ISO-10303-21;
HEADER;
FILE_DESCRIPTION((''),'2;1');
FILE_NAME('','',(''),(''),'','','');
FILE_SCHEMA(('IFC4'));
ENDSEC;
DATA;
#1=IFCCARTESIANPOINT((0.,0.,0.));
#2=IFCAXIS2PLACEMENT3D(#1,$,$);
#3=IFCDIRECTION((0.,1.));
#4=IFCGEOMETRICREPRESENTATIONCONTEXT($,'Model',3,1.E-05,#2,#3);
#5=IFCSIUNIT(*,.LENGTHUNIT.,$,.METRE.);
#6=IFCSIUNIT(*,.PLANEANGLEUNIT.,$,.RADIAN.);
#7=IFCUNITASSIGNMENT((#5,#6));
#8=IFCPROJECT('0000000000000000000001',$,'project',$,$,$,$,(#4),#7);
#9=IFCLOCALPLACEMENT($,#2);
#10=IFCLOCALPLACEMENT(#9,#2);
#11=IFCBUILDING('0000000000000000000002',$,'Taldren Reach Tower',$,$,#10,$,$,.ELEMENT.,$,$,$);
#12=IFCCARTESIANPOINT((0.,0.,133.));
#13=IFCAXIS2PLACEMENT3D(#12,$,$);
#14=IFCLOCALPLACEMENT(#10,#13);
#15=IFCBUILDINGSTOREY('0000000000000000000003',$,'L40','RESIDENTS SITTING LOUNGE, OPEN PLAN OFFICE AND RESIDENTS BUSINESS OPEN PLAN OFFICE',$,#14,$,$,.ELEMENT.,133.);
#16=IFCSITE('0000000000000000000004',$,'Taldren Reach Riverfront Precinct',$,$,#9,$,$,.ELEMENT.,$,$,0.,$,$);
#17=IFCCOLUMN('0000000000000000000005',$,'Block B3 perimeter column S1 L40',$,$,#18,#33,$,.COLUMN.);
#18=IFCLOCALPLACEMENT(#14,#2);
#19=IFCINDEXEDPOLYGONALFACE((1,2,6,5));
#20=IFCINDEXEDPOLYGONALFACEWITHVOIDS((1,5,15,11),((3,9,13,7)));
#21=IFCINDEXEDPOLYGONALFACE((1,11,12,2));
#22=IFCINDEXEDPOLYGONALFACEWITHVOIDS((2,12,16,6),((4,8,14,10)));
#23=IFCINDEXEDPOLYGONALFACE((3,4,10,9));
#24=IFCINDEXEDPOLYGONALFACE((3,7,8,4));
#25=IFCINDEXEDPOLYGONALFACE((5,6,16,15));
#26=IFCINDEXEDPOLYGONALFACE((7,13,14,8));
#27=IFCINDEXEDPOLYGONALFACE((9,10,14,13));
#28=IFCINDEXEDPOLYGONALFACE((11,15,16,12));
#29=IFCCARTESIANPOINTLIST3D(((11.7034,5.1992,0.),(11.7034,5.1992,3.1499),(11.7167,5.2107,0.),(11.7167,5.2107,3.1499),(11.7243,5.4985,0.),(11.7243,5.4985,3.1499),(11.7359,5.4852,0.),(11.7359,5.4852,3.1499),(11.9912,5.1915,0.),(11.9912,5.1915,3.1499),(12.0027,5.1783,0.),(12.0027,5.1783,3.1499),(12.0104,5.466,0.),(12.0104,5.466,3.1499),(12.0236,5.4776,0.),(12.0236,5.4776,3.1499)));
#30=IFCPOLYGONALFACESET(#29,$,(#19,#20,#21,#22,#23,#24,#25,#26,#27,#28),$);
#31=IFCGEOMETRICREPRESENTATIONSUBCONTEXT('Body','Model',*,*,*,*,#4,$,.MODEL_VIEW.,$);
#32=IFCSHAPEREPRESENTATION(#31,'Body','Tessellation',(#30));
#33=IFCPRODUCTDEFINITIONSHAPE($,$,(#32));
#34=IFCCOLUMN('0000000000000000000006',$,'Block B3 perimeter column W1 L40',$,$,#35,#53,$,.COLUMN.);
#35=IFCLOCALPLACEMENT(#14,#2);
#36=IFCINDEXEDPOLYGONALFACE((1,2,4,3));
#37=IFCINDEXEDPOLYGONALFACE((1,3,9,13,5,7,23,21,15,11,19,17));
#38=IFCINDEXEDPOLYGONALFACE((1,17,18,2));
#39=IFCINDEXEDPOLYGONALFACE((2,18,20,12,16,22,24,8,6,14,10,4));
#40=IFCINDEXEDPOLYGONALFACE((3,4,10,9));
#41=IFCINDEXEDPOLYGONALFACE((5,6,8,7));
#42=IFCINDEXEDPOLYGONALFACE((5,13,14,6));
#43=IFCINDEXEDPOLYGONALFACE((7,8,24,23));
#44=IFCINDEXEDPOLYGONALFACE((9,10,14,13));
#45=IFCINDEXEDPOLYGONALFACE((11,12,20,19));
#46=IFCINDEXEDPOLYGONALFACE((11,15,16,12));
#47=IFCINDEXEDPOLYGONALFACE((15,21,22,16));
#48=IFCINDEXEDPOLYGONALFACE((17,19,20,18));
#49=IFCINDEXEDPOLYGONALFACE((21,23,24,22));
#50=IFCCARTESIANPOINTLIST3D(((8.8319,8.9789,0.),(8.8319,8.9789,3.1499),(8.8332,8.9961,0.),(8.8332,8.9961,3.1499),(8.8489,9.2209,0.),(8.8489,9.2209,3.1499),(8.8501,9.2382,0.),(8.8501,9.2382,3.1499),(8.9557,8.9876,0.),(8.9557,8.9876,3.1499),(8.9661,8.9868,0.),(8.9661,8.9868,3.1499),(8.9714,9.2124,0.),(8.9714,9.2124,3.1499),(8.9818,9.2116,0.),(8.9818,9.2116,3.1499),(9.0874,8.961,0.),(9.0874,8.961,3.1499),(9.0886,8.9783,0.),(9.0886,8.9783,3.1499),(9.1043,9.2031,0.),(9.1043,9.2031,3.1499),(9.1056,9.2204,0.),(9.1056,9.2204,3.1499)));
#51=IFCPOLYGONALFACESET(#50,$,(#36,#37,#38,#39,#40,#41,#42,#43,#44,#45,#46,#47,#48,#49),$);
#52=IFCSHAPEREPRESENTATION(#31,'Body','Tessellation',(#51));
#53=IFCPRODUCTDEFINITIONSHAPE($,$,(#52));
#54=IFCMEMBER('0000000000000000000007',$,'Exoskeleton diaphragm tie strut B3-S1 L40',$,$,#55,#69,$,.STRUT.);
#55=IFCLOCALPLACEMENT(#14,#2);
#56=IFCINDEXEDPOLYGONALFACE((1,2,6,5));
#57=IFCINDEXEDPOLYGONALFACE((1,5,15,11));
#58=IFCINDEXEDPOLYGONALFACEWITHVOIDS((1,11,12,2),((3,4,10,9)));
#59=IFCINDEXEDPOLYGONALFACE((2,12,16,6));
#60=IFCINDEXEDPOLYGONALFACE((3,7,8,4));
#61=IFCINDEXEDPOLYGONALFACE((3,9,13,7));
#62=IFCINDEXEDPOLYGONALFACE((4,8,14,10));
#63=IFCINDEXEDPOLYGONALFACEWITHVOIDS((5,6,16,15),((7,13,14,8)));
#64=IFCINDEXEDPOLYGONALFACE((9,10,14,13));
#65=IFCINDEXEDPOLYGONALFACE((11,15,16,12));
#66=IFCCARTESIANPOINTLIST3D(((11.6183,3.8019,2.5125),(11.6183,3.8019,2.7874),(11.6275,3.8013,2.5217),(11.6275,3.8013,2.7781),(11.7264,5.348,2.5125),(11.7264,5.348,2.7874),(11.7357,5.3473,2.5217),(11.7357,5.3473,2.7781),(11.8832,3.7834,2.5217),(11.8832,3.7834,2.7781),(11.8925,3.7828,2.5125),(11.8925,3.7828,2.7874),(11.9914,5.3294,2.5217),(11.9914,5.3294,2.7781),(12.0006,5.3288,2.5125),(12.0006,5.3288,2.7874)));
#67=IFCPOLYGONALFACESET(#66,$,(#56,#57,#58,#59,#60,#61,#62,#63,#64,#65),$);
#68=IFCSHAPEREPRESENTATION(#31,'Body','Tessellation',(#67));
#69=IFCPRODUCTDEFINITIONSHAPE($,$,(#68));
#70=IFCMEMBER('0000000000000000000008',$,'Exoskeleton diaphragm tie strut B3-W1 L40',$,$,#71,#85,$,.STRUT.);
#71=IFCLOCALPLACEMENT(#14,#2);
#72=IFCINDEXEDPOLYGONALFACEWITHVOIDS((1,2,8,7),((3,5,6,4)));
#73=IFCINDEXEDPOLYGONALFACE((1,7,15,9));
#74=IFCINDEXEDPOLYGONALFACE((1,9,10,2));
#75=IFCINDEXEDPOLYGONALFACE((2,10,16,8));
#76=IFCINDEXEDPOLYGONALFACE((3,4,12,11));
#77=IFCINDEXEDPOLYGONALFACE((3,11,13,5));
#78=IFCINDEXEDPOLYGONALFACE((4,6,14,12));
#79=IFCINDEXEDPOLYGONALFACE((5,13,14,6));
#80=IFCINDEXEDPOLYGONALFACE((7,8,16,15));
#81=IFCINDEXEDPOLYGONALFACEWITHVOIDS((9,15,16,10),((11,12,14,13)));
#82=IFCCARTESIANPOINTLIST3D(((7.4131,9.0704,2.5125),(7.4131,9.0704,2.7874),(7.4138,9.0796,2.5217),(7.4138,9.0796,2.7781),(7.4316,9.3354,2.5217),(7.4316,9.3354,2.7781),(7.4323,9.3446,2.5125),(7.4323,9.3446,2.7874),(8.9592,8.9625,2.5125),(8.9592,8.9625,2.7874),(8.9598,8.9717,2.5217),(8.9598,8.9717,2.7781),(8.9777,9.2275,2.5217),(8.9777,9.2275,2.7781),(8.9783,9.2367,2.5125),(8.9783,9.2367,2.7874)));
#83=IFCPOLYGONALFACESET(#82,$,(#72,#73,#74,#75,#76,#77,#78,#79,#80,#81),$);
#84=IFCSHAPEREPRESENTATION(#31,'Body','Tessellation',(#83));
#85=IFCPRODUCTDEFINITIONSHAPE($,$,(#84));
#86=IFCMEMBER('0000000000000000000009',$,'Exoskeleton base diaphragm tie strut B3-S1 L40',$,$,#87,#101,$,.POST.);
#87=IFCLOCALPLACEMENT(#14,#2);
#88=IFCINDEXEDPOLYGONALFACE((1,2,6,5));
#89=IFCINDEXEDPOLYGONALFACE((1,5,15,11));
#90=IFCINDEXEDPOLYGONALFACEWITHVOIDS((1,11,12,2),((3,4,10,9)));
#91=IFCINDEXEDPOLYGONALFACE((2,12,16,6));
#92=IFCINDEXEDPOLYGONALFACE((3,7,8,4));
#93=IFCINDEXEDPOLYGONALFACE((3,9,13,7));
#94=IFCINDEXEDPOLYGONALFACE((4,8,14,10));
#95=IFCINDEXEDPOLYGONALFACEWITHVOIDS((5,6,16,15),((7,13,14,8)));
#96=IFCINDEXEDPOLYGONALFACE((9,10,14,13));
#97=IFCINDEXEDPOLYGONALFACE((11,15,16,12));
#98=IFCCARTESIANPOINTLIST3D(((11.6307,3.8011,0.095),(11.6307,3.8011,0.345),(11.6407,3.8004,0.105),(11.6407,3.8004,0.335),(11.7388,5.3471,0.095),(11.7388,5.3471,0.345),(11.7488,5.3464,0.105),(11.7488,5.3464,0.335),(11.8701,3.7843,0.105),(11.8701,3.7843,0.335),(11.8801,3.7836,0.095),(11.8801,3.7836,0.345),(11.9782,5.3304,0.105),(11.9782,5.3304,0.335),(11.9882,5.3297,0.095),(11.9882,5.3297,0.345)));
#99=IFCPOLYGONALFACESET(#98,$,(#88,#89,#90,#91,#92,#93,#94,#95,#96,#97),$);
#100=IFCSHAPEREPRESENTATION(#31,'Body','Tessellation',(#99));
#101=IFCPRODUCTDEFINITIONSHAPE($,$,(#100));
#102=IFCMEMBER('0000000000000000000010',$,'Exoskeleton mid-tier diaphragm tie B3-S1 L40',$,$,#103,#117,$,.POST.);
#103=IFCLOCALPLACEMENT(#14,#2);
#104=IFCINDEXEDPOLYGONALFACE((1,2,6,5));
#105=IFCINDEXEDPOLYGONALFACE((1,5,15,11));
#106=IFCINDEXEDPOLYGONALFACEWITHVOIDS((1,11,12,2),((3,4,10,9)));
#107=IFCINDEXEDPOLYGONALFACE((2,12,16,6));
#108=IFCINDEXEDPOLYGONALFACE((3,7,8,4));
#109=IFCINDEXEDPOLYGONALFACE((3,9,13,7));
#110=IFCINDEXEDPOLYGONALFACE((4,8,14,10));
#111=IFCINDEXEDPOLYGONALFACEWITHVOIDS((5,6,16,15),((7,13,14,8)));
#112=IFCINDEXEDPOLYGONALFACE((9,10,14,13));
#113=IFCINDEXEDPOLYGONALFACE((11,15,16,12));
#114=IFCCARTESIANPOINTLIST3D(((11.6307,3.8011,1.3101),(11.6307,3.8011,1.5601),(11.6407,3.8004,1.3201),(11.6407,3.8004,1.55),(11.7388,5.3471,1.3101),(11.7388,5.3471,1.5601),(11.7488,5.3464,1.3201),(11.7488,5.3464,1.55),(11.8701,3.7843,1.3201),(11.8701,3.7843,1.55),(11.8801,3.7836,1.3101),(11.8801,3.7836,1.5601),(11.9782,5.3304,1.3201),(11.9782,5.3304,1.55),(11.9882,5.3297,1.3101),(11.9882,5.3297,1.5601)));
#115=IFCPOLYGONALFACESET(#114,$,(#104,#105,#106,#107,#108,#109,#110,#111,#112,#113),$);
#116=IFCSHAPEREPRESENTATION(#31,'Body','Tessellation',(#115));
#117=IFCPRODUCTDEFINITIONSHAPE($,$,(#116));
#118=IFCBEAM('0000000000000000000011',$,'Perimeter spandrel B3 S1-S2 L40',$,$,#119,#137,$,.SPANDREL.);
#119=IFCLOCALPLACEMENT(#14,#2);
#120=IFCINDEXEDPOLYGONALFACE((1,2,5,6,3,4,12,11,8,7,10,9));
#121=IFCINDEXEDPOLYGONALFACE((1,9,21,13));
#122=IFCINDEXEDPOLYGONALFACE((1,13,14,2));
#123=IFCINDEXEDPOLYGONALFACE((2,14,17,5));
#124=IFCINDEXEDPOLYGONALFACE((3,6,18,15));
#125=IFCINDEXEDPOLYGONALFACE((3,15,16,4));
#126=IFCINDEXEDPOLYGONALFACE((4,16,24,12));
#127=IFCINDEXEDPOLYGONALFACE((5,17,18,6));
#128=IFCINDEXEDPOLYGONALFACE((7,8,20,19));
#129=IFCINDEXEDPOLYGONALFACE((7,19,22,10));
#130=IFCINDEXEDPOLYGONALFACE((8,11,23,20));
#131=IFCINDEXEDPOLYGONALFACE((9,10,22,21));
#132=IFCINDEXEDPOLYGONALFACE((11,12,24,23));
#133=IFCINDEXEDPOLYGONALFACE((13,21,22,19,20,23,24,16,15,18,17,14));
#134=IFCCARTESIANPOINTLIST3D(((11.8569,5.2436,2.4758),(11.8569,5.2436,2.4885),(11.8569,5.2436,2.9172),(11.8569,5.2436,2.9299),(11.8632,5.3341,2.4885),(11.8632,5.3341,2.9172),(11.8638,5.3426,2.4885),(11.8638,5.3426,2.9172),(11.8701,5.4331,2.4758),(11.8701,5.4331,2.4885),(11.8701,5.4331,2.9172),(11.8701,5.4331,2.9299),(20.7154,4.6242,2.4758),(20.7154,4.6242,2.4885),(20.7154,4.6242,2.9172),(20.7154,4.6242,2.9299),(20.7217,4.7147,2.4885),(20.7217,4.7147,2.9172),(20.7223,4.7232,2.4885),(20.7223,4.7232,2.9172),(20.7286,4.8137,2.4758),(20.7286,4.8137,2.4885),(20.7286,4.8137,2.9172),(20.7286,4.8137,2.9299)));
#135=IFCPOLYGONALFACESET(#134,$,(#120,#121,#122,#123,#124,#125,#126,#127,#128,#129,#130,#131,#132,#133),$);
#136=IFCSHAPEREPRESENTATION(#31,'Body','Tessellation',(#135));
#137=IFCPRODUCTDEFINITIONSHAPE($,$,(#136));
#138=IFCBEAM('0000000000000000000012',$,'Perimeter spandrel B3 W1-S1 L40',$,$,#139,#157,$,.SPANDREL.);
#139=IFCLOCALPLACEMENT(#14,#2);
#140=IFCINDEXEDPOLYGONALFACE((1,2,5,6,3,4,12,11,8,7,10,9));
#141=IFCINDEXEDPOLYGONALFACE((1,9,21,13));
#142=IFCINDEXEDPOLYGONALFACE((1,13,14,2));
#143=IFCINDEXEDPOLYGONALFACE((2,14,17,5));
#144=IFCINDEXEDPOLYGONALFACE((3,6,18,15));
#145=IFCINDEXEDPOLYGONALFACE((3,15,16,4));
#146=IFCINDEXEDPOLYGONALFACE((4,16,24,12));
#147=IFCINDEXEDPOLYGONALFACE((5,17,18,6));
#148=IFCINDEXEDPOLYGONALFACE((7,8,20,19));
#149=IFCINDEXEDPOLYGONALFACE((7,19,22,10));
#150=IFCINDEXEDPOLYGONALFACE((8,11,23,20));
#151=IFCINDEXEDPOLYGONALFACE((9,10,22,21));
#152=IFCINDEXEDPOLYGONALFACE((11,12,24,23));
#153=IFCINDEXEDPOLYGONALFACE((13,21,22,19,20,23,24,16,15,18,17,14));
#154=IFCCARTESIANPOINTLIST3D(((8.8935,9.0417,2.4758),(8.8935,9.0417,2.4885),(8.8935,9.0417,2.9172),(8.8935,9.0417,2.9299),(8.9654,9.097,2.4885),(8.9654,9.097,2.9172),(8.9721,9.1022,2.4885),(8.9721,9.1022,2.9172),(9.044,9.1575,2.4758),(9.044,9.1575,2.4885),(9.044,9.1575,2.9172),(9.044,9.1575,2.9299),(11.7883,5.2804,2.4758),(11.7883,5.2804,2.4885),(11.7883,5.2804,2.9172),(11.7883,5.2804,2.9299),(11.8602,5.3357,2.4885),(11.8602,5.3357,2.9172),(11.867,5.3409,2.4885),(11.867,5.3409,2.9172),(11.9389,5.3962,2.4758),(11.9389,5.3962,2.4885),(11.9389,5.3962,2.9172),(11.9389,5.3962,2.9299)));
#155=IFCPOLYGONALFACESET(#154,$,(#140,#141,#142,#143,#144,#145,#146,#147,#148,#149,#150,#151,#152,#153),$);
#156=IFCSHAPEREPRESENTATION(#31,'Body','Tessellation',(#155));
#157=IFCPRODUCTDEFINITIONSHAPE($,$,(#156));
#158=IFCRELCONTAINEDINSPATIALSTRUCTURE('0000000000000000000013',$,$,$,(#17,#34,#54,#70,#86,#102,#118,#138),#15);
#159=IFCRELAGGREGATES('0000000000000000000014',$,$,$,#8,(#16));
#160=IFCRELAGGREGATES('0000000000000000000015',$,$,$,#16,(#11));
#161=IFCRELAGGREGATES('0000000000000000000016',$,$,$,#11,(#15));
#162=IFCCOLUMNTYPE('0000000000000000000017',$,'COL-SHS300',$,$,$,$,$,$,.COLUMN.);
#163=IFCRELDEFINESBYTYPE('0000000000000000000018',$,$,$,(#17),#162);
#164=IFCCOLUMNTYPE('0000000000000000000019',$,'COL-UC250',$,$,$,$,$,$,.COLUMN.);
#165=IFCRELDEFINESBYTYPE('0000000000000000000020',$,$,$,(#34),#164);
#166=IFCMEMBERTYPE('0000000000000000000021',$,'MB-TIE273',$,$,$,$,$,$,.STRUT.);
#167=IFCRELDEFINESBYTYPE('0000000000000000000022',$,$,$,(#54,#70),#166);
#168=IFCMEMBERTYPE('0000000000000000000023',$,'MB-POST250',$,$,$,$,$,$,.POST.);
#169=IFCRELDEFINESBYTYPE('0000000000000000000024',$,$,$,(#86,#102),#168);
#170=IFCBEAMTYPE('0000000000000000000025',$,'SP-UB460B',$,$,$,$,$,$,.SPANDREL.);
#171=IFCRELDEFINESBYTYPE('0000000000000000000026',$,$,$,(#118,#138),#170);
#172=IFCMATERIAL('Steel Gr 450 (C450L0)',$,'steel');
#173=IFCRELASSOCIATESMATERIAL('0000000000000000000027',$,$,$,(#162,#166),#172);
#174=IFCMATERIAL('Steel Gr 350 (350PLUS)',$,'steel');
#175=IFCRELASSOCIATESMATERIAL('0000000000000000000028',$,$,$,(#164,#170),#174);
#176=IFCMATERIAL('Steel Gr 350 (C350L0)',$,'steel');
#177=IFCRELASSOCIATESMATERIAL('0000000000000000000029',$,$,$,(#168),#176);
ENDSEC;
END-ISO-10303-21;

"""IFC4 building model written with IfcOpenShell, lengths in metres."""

from ifc_helpers import new_model, si_unit, direction, frame, origin, origin_2d, place, context, subcontext, project, spatial, hollow_rectangle, i_section, extrude, source, transform, mapped, material, material_profile, profile_set, type_object, element, save


model = new_model("IFC4")

# Units and contexts
model_context = context("Model", 3, precision=1e-05, world=origin(), true_north=direction((0.0, 1.0)))
body_context = subcontext(model_context, "Body", "Model", "MODEL_VIEW")
ifc_project = project(units=[si_unit("LENGTHUNIT", "METRE"), si_unit("PLANEANGLEUNIT", "RADIAN")], contexts=[model_context])

# Site, building, storey
site_placement = place(None, origin())
site = spatial("IfcSite", under=ifc_project, at=site_placement, Name="Taldren Reach Riverfront Precinct", CompositionType="ELEMENT", RefElevation=0.0)
building_placement = place(site_placement, origin())
building = spatial("IfcBuilding", under=site, at=building_placement, Name="Taldren Reach Tower", CompositionType="ELEMENT")
storey_placement = place(building_placement, frame((0.0, 0.0, 133.0)))
storey = spatial("IfcBuildingStorey", under=building, at=storey_placement, Name="L40", Description="RESIDENTS SITTING LOUNGE, OPEN PLAN OFFICE AND RESIDENTS BUSINESS OPEN PLAN OFFICE", CompositionType="ELEMENT", Elevation=133.0)

# Columns
ifc_material_1 = material(Name="Steel Gr 450 (C450L0)", Category="steel")
ifc_material_profile_1 = material_profile(ifc_material_1, hollow_rectangle(XDim=0.3, YDim=0.3, WallThickness=0.0125, at=origin_2d()), Name="300x300x12.5SHS")
ifc_profile_set_1 = profile_set([ifc_material_profile_1], Name="Steel Gr 450 (C450L0)")
column_type_1 = type_object("IfcColumnType", Name="COL-SHS300", PredefinedType="COLUMN", material=ifc_profile_set_1)
shared_shape_1 = source(origin(), body_context, "Body", "SweptSolid", [
    extrude(hollow_rectangle(XDim=0.3, YDim=0.3, WallThickness=0.0125, at=origin_2d()), origin(), (0.0, 0.0, 1.0), 3.1499),
])
column_1_placement = place(storey_placement, frame((11.8635, 5.3384, 0.0), z_axis=(0.0, 0.0, 1.0), x_axis=(0.997564, -0.069756, 0.0)))
element("IfcColumn", 1, at=column_1_placement, inside=storey, type_object=column_type_1, Name="Block B3 perimeter column S1 L40", PredefinedType="COLUMN", context=body_context, shape_type="MappedRepresentation", body=[
    mapped(shared_shape_1, transform((0.0, 0.0, 0.0), scale=1.0)),
])
ifc_material_2 = material(Name="Steel Gr 350 (350PLUS)", Category="steel")
ifc_material_profile_2 = material_profile(ifc_material_2, i_section(OverallWidth=0.2561, OverallDepth=0.26, WebThickness=0.0105, FlangeThickness=0.0173, at=origin_2d()), Name="250UC89.5")
ifc_profile_set_2 = profile_set([ifc_material_profile_2], Name="Steel Gr 350 (350PLUS)")
column_type_2 = type_object("IfcColumnType", Name="COL-UC250", PredefinedType="COLUMN", material=ifc_profile_set_2)
shared_shape_2 = source(origin(), body_context, "Body", "SweptSolid", [
    extrude(i_section(OverallWidth=0.2561, OverallDepth=0.26, WebThickness=0.0105, FlangeThickness=0.0173, at=origin_2d()), origin(), (0.0, 0.0, 1.0), 3.1499),
])
column_2_placement = place(storey_placement, frame((8.9688, 9.0996, 0.0), z_axis=(0.0, 0.0, 1.0), x_axis=(0.997564, -0.069756, 0.0)))
element("IfcColumn", 2, at=column_2_placement, inside=storey, type_object=column_type_2, Name="Block B3 perimeter column W1 L40", PredefinedType="COLUMN", context=body_context, shape_type="MappedRepresentation", body=[
    mapped(shared_shape_2, transform((0.0, 0.0, 0.0), scale=1.0)),
])

# Members
ifc_material_profile_3 = material_profile(ifc_material_1, hollow_rectangle(XDim=0.2749, YDim=0.2749, WallThickness=0.0093, at=origin_2d()), Name="275x275x9.3SHS")
ifc_profile_set_3 = profile_set([ifc_material_profile_3], Name="Steel Gr 450 (C450L0)")
member_type_1 = type_object("IfcMemberType", Name="MB-TIE273", PredefinedType="STRUT", material=ifc_profile_set_3)
shared_shape_3 = source(origin(), body_context, "Body", "SweptSolid", [
    extrude(hollow_rectangle(XDim=0.2749, YDim=0.2749, WallThickness=0.0093, at=origin_2d()), origin(), (0.0, 0.0, 1.0), 1.5498),
])
for number, where, z_axis, x_axis, name in (
    (3, (11.8635, 5.3384, 2.6499), (-0.069781, -0.997562, 0.0), (0.997562, -0.069781, 0.0), "Exoskeleton diaphragm tie strut B3-S1 L40"),
    (4, (8.9688, 9.0996, 2.6499), (-0.997573, 0.069624, 0.0), (-0.069624, -0.997573, 0.0), "Exoskeleton diaphragm tie strut B3-W1 L40"),
):
    element("IfcMember", number, at=place(storey_placement, frame(where, z_axis=z_axis, x_axis=x_axis)), inside=storey, type_object=member_type_1, Name=name, PredefinedType="STRUT", context=body_context, shape_type="MappedRepresentation", body=[
        mapped(shared_shape_3, transform((0.0, 0.0, 0.0), scale=1.0)),
    ])
ifc_material_3 = material(Name="Steel Gr 350 (C350L0)", Category="steel")
ifc_material_profile_4 = material_profile(ifc_material_3, hollow_rectangle(XDim=0.25, YDim=0.25, WallThickness=0.01, at=origin_2d()), Name="250x250x10.0SHS")
ifc_profile_set_4 = profile_set([ifc_material_profile_4], Name="Steel Gr 350 (C350L0)")
member_type_2 = type_object("IfcMemberType", Name="MB-POST250", PredefinedType="POST", material=ifc_profile_set_4)
shared_shape_4 = source(origin(), body_context, "Body", "SweptSolid", [
    extrude(hollow_rectangle(XDim=0.25, YDim=0.25, WallThickness=0.01, at=origin_2d()), origin(), (0.0, 0.0, 1.0), 1.5498),
])
for number, where, z_axis, x_axis, name in (
    (5, (11.8635, 5.3384, 0.22), (-0.069781, -0.997562, 0.0), (0.997562, -0.069781, 0.0), "Exoskeleton base diaphragm tie strut B3-S1 L40"),
    (6, (11.8635, 5.3384, 1.4351), (-0.069781, -0.997562, 0.0), (0.997562, -0.069781, 0.0), "Exoskeleton mid-tier diaphragm tie B3-S1 L40"),
):
    element("IfcMember", number, at=place(storey_placement, frame(where, z_axis=z_axis, x_axis=x_axis)), inside=storey, type_object=member_type_2, Name=name, PredefinedType="POST", context=body_context, shape_type="MappedRepresentation", body=[
        mapped(shared_shape_4, transform((0.0, 0.0, 0.0), scale=1.0)),
    ])

# Beams
ifc_material_profile_5 = material_profile(ifc_material_2, i_section(OverallWidth=0.1899, OverallDepth=0.4541, WebThickness=0.0085, FlangeThickness=0.0127, at=origin_2d()), Name="460UB67.1")
ifc_profile_set_5 = profile_set([ifc_material_profile_5], Name="Steel Gr 350 (350PLUS)")
beam_type_1 = type_object("IfcBeamType", Name="SP-UB460B", PredefinedType="SPANDREL", material=ifc_profile_set_5)
shared_shape_5 = source(origin(), body_context, "Body", "SweptSolid", [
    extrude(i_section(OverallWidth=0.1899, OverallDepth=0.4541, WebThickness=0.0085, FlangeThickness=0.0127, at=origin_2d()), origin(), (0.0, 0.0, 1.0), 8.8801),
])
beam_1_placement = place(storey_placement, frame((11.8635, 5.3384, 2.7029), z_axis=(0.997564, -0.06975, 0.0), x_axis=(0.06975, 0.997564, 0.0)))
element("IfcBeam", 7, at=beam_1_placement, inside=storey, type_object=beam_type_1, Name="Perimeter spandrel B3 S1-S2 L40", PredefinedType="SPANDREL", context=body_context, shape_type="MappedRepresentation", body=[
    mapped(shared_shape_5, transform((0.0, 0.0, 0.0), scale=1.0)),
])
shared_shape_6 = source(origin(), body_context, "Body", "SweptSolid", [
    extrude(i_section(OverallWidth=0.1899, OverallDepth=0.4541, WebThickness=0.0085, FlangeThickness=0.0127, at=origin_2d()), origin(), (0.0, 0.0, 1.0), 4.7463),
])
beam_2_placement = place(storey_placement, frame((8.9688, 9.0996, 2.7029), z_axis=(0.609912, -0.792469, 0.0), x_axis=(0.792469, 0.609912, 0.0)))
element("IfcBeam", 8, at=beam_2_placement, inside=storey, type_object=beam_type_1, Name="Perimeter spandrel B3 W1-S1 L40", PredefinedType="SPANDREL", context=body_context, shape_type="MappedRepresentation", body=[
    mapped(shared_shape_6, transform((0.0, 0.0, 0.0), scale=1.0)),
])

save(model, "model.ifc")
